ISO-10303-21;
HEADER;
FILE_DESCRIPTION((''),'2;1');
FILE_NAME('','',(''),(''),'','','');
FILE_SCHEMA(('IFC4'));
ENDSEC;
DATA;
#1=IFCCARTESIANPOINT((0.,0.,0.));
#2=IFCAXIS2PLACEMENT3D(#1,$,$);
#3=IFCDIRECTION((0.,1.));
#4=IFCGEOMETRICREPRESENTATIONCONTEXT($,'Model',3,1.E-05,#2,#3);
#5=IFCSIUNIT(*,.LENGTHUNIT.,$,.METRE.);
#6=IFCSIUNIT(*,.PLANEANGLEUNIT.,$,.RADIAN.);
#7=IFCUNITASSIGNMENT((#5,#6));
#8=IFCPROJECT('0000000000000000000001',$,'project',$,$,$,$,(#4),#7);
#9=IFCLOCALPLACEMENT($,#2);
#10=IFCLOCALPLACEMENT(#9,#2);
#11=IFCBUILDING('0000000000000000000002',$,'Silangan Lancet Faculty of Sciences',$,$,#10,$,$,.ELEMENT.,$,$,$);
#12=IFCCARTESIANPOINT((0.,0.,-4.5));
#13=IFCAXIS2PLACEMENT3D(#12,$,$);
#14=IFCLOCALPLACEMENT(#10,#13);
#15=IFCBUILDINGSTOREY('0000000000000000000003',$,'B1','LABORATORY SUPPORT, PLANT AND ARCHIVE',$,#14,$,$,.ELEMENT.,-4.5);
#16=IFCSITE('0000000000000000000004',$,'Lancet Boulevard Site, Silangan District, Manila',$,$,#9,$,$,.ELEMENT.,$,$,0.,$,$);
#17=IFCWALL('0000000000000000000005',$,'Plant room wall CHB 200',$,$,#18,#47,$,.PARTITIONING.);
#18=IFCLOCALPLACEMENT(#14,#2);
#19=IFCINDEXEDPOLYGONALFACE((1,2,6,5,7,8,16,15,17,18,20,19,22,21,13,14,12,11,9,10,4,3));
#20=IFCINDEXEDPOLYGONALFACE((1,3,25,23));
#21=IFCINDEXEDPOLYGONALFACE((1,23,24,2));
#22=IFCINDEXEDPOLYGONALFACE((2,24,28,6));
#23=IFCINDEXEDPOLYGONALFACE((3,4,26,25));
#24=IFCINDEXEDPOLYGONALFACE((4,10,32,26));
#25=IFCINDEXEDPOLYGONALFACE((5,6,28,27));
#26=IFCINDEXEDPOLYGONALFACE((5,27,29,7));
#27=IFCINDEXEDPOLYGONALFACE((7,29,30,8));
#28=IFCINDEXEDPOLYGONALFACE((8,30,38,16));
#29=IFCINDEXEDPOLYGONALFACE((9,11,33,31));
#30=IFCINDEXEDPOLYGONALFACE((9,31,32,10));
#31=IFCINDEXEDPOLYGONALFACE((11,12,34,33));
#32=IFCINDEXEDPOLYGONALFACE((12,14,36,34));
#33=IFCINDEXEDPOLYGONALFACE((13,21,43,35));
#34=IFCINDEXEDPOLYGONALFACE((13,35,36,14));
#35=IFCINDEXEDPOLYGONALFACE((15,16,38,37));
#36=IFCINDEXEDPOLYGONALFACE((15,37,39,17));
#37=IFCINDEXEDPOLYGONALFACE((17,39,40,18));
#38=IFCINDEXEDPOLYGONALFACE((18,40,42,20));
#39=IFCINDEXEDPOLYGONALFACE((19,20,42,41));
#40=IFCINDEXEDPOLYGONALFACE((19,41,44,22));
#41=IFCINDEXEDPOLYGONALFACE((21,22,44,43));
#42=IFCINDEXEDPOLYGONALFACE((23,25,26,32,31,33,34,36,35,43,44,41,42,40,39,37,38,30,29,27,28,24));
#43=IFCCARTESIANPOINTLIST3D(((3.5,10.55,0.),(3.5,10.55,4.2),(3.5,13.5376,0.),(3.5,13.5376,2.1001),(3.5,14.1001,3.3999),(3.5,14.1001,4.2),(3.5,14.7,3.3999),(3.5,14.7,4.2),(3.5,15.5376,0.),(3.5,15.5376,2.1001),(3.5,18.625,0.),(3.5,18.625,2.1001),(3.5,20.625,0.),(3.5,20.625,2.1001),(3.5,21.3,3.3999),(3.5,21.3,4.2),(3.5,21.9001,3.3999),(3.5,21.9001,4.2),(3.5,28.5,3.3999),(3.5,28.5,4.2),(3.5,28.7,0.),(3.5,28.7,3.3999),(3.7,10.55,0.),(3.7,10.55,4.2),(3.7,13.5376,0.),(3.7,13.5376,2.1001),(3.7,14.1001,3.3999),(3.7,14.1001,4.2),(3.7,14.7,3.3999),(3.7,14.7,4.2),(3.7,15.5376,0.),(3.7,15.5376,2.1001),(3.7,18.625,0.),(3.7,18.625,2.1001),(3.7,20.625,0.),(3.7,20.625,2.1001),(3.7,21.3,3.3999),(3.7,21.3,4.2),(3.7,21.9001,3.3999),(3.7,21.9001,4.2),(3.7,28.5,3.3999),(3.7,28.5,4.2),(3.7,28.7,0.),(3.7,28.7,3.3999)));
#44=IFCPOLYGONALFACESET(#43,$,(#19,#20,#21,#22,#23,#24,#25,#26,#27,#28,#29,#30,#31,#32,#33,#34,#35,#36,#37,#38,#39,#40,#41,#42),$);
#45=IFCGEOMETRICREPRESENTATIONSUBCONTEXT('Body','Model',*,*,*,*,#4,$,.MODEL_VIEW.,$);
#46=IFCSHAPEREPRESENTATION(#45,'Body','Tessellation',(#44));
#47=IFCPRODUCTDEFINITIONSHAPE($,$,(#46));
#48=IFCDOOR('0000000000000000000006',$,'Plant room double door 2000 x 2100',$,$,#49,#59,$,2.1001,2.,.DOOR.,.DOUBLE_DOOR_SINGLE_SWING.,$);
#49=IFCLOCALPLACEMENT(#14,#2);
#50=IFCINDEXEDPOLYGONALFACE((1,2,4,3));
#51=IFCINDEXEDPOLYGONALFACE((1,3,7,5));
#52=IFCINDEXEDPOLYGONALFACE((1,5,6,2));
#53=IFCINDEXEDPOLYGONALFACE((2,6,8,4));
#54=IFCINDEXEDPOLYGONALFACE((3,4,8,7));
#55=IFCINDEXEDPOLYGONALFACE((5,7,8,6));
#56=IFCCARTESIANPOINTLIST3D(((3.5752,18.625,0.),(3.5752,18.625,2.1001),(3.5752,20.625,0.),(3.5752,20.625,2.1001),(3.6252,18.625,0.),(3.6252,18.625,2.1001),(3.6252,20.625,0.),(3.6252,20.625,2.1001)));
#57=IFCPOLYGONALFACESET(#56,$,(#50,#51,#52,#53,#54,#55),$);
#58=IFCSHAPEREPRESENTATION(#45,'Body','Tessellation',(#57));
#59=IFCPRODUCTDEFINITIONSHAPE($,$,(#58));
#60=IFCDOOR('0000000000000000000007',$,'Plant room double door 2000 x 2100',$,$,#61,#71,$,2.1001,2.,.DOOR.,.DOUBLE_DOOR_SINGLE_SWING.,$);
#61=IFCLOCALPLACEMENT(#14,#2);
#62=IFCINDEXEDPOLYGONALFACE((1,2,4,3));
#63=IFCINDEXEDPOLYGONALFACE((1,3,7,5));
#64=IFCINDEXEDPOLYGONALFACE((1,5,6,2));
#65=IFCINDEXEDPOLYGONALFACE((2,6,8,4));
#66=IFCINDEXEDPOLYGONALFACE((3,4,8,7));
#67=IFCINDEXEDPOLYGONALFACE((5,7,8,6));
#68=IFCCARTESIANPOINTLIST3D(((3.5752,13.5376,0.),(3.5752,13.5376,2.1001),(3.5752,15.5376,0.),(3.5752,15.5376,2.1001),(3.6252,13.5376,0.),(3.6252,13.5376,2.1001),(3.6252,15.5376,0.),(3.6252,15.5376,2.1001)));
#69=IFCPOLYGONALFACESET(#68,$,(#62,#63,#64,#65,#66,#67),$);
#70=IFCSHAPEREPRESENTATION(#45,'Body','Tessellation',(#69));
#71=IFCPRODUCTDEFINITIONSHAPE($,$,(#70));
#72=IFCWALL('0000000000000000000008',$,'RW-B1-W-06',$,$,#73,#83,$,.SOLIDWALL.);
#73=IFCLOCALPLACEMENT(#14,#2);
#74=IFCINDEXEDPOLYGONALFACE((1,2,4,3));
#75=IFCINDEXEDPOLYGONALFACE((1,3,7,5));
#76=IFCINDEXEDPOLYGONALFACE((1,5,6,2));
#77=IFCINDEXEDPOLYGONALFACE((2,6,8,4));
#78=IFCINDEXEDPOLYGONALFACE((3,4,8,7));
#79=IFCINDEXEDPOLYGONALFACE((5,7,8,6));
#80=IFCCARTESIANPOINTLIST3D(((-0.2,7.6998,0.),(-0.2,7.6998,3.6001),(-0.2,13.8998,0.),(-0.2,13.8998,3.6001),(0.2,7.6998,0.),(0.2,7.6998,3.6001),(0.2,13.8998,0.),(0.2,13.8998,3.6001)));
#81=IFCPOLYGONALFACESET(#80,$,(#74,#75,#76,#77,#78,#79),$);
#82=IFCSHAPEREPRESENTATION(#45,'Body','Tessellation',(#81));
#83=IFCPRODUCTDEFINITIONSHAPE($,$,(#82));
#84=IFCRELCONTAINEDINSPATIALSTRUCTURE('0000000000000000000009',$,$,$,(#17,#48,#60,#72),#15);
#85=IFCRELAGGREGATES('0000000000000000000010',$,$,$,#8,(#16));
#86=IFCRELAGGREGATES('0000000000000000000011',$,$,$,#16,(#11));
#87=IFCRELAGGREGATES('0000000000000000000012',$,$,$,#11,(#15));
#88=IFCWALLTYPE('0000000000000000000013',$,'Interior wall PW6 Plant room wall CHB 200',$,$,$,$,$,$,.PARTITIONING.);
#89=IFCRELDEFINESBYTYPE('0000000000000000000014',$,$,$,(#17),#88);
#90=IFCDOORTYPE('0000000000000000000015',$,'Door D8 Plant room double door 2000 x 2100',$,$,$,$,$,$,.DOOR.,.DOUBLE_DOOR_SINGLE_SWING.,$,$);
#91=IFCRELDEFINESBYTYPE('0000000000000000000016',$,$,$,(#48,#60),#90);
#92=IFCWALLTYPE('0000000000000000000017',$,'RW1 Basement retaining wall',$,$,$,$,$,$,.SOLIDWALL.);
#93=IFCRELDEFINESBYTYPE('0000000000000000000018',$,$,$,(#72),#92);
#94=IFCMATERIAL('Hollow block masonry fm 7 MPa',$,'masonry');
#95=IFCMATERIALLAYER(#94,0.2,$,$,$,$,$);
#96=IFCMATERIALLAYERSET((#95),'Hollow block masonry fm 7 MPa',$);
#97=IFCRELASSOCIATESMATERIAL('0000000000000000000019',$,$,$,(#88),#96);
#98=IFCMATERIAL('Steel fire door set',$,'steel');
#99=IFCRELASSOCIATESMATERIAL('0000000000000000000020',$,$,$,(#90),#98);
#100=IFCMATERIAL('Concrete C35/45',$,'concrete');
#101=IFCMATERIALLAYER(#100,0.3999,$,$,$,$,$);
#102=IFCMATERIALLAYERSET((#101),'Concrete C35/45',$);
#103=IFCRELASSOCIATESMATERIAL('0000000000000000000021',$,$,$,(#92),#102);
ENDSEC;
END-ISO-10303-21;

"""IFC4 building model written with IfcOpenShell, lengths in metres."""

from ifc_helpers import new_model, si_unit, direction, frame, frame_2d, origin, place, context, subcontext, project, spatial, polyline, rectangle, outline, extrude, material, layer, layer_set, type_object, element, fill, save


model = new_model("IFC4")

# Units and contexts
model_context = context("Model", 3, precision=1e-05, world=origin(), true_north=direction((0.0, 1.0)))
body_context = subcontext(model_context, "Body", "Model", "MODEL_VIEW")
ifc_project = project(units=[si_unit("LENGTHUNIT", "METRE"), si_unit("PLANEANGLEUNIT", "RADIAN")], contexts=[model_context])

# Site, building, storey
site_placement = place(None, origin())
site = spatial("IfcSite", under=ifc_project, at=site_placement, Name="Lancet Boulevard Site, Silangan District, Manila", CompositionType="ELEMENT", RefElevation=0.0)
building_placement = place(site_placement, origin())
building = spatial("IfcBuilding", under=site, at=building_placement, Name="Silangan Lancet Faculty of Sciences", CompositionType="ELEMENT")
storey_placement = place(building_placement, frame((0.0, 0.0, -4.5)))
storey = spatial("IfcBuildingStorey", under=building, at=storey_placement, Name="B1", Description="LABORATORY SUPPORT, PLANT AND ARCHIVE", CompositionType="ELEMENT", Elevation=-4.5)

# Shared definitions
ifc_material_1 = material(Name="Hollow block masonry fm 7 MPa", Category="masonry")
ifc_layer_1 = layer(ifc_material_1, 0.2)
ifc_layer_set_1 = layer_set([ifc_layer_1], Name="Hollow block masonry fm 7 MPa")
wall_type_1 = type_object("IfcWallType", Name="Interior wall PW6 Plant room wall CHB 200", PredefinedType="PARTITIONING", material=ifc_layer_set_1)

# Wall, openings, doors
wall_1_placement = place(storey_placement, frame((3.6001, 10.55, 0.0), z_axis=(0.0, 0.0, 1.0), x_axis=(0.0, 1.0, 0.0)))
wall_1 = element("IfcWall", 1, at=wall_1_placement, inside=storey, type_object=wall_type_1, Name="Plant room wall CHB 200", PredefinedType="PARTITIONING", context=body_context, shape_type="SweptSolid", body=[
    extrude(outline(polyline([(0.0, 0.0), (18.1499, 0.0), (18.1499, 3.3999), (17.95, 3.3999), (17.95, 4.2), (11.3501, 4.2), (11.3501, 3.3999), (10.75, 3.3999), (10.75, 4.2), (4.1499, 4.2), (4.1499, 3.3999), (3.55, 3.3999), (3.55, 4.2), (0.0, 4.2), (0.0, 0.0)])), frame((0.0, 0.1001, 0.0), z_axis=(0.0, -1.0, 0.0), x_axis=(1.0, 0.0, 0.0)), (0.0, 0.0, 1.0), 0.2),
])
opening_1_placement = place(wall_1_placement, frame((8.075, 0.0, 0.0)))
opening_1 = element("IfcOpeningElement", 2, at=opening_1_placement, cuts=wall_1, PredefinedType="OPENING", context=body_context, shape_type="SweptSolid", body=[
    extrude(rectangle(XDim=2.0, YDim=2.1001, at=frame_2d((1.0, 1.05))), frame((0.0, 0.1099, 0.0), z_axis=(0.0, -1.0, 0.0), x_axis=(1.0, 0.0, 0.0)), (0.0, 0.0, 1.0), 0.22),
])
opening_2_placement = place(wall_1_placement, frame((2.9875, 0.0, 0.0)))
opening_2 = element("IfcOpeningElement", 3, at=opening_2_placement, cuts=wall_1, PredefinedType="OPENING", context=body_context, shape_type="SweptSolid", body=[
    extrude(rectangle(XDim=2.0, YDim=2.1001, at=frame_2d((1.0, 1.05))), frame((0.0, 0.1099, 0.0), z_axis=(0.0, -1.0, 0.0), x_axis=(1.0, 0.0, 0.0)), (0.0, 0.0, 1.0), 0.22),
])
ifc_material_2 = material(Name="Steel fire door set", Category="steel")
door_type = type_object("IfcDoorType", Name="Door D8 Plant room double door 2000 x 2100", OperationType="DOUBLE_DOOR_SINGLE_SWING", PredefinedType="DOOR", material=ifc_material_2)
door_1_placement = place(opening_1_placement, origin())
door_1 = element("IfcDoor", 4, at=door_1_placement, inside=storey, type_object=door_type, Name="Plant room double door 2000 x 2100", OperationType="DOUBLE_DOOR_SINGLE_SWING", OverallHeight=2.1001, OverallWidth=2.0, PredefinedType="DOOR", context=body_context, shape_type="SweptSolid", body=[
    extrude(rectangle(XDim=2.0, YDim=2.1001, at=frame_2d((1.0, 1.05))), frame((0.0, 0.0249, 0.0), z_axis=(0.0, -1.0, 0.0), x_axis=(1.0, 0.0, 0.0)), (0.0, 0.0, 1.0), 0.05),
])
fill(opening_1, door_1)
door_2_placement = place(opening_2_placement, origin())
door_2 = element("IfcDoor", 5, at=door_2_placement, inside=storey, type_object=door_type, Name="Plant room double door 2000 x 2100", OperationType="DOUBLE_DOOR_SINGLE_SWING", OverallHeight=2.1001, OverallWidth=2.0, PredefinedType="DOOR", context=body_context, shape_type="SweptSolid", body=[
    extrude(rectangle(XDim=2.0, YDim=2.1001, at=frame_2d((1.0, 1.05))), frame((0.0, 0.0249, 0.0), z_axis=(0.0, -1.0, 0.0), x_axis=(1.0, 0.0, 0.0)), (0.0, 0.0, 1.0), 0.05),
])
fill(opening_2, door_2)

# Wall
ifc_material_3 = material(Name="Concrete C35/45", Category="concrete")
ifc_layer_2 = layer(ifc_material_3, 0.3999)
ifc_layer_set_2 = layer_set([ifc_layer_2], Name="Concrete C35/45")
wall_type_2 = type_object("IfcWallType", Name="RW1 Basement retaining wall", PredefinedType="SOLIDWALL", material=ifc_layer_set_2)
wall_2_placement = place(storey_placement, frame((0.0, 13.8999, 0.0), z_axis=(0.0, 0.0, 1.0), x_axis=(0.0, -1.0, 0.0)))
element("IfcWall", 6, at=wall_2_placement, inside=storey, type_object=wall_type_2, Name="RW-B1-W-06", PredefinedType="SOLIDWALL", context=body_context, shape_type="SweptSolid", body=[
    extrude(rectangle(XDim=6.2, YDim=0.3999, at=frame_2d((3.1001, 0.0))), origin(), (0.0, 0.0, 1.0), 3.6001),
])

save(model, "model.ifc")
